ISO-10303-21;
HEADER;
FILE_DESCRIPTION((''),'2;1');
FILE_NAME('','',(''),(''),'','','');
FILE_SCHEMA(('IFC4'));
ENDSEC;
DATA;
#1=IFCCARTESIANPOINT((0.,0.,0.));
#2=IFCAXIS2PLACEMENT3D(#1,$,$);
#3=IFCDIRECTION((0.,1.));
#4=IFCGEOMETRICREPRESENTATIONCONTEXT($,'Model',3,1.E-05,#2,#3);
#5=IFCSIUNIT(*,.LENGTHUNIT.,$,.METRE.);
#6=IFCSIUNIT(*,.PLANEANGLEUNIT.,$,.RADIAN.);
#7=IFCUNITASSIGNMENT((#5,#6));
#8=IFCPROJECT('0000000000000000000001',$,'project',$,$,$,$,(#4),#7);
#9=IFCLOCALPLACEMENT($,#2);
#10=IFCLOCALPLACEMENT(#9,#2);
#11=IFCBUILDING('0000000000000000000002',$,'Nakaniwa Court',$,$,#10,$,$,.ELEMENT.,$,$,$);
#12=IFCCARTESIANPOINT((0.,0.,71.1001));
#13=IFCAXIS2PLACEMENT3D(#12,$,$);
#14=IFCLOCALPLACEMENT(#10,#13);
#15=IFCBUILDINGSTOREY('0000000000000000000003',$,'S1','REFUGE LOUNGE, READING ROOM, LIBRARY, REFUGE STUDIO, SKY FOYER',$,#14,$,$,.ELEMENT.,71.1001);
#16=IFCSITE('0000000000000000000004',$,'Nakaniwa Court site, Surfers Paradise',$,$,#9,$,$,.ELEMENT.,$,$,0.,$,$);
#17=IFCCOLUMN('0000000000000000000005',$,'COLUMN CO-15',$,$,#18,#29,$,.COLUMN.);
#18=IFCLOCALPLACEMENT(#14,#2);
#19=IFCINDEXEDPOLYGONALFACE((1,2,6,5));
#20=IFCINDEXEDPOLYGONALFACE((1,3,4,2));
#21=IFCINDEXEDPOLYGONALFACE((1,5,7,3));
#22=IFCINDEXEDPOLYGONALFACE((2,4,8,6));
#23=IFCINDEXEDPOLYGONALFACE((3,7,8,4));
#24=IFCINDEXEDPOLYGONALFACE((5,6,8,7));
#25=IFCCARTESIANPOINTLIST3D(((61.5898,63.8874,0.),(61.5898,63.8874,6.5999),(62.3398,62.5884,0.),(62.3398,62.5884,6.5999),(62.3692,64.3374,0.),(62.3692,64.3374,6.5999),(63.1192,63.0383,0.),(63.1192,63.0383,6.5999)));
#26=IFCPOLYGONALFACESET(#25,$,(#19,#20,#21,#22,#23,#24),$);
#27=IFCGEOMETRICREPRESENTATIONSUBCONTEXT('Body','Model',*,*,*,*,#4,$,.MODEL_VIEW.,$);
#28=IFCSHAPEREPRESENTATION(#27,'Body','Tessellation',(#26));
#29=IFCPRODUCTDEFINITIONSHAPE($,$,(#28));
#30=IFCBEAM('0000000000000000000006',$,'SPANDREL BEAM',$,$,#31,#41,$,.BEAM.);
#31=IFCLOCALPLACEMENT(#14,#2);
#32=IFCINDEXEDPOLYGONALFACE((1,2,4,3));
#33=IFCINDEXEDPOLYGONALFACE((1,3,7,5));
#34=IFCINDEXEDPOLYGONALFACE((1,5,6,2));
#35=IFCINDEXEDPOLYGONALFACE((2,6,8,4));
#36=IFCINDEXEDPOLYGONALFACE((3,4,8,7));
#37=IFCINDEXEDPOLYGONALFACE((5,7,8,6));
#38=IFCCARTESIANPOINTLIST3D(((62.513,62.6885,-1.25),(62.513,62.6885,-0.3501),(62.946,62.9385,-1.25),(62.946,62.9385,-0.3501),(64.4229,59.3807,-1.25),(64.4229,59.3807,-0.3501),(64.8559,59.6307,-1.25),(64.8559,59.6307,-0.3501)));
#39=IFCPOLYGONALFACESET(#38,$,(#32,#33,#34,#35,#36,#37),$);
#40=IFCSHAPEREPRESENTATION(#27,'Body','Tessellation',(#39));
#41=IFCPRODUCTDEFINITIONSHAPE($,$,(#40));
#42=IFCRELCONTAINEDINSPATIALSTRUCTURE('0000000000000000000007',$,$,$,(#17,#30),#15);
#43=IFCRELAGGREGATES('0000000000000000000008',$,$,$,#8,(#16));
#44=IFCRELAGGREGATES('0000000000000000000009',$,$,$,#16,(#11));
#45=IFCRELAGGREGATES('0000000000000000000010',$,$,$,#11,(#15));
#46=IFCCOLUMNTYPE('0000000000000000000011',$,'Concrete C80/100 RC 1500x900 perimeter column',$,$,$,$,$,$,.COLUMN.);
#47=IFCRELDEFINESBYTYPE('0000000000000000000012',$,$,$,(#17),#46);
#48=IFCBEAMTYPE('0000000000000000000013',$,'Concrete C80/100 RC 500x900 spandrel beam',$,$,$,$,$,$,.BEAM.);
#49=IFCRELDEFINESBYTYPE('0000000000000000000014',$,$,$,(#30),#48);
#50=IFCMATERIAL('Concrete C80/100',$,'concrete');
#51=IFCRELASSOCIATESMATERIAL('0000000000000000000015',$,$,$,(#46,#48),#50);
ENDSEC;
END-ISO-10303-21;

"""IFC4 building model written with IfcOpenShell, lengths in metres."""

from ifc_helpers import new_model, si_unit, direction, frame, origin, origin_2d, place, context, subcontext, project, spatial, rectangle, extrude, material, material_profile, profile_set, type_object, element, save


model = new_model("IFC4")

# Units and contexts
model_context = context("Model", 3, precision=1e-05, world=origin(), true_north=direction((0.0, 1.0)))
body_context = subcontext(model_context, "Body", "Model", "MODEL_VIEW")
ifc_project = project(units=[si_unit("LENGTHUNIT", "METRE"), si_unit("PLANEANGLEUNIT", "RADIAN")], contexts=[model_context])

# Site, building, storey
site_placement = place(None, origin())
site = spatial("IfcSite", under=ifc_project, at=site_placement, Name="Nakaniwa Court site, Surfers Paradise", CompositionType="ELEMENT", RefElevation=0.0)
building_placement = place(site_placement, origin())
building = spatial("IfcBuilding", under=site, at=building_placement, Name="Nakaniwa Court", CompositionType="ELEMENT")
storey_placement = place(building_placement, frame((0.0, 0.0, 71.1001)))
storey = spatial("IfcBuildingStorey", under=building, at=storey_placement, Name="S1", Description="REFUGE LOUNGE, READING ROOM, LIBRARY, REFUGE STUDIO, SKY FOYER", CompositionType="ELEMENT", Elevation=71.1001)

# Column
ifc_material_1 = material(Name="Concrete C80/100", Category="concrete")
ifc_material_profile_1 = material_profile(ifc_material_1, rectangle(XDim=1.5, YDim=0.8999, at=origin_2d()), Name="Concrete C80/100 RC 1500x900 perimeter column")
ifc_profile_set_1 = profile_set([ifc_material_profile_1], Name="Concrete C80/100")
column_type = type_object("IfcColumnType", Name="Concrete C80/100 RC 1500x900 perimeter column", PredefinedType="COLUMN", material=ifc_profile_set_1)
column_placement = place(storey_placement, frame((62.3545, 63.4629, 0.0), z_axis=(0.0, 0.0, 1.0), x_axis=(0.5, -0.866025, 0.0)))
element("IfcColumn", 1, at=column_placement, inside=storey, type_object=column_type, Name="COLUMN CO-15", PredefinedType="COLUMN", context=body_context, shape_type="SweptSolid", body=[
    extrude(rectangle(XDim=1.5, YDim=0.8999, at=origin_2d()), origin(), (0.0, 0.0, 1.0), 6.5999),
])

# Beam
ifc_material_profile_2 = material_profile(ifc_material_1, rectangle(XDim=0.5, YDim=0.8999, at=origin_2d()), Name="Concrete C80/100 RC 500x900 spandrel beam")
ifc_profile_set_2 = profile_set([ifc_material_profile_2], Name="Concrete C80/100")
beam_type = type_object("IfcBeamType", Name="Concrete C80/100 RC 500x900 spandrel beam", PredefinedType="BEAM", material=ifc_profile_set_2)
beam_placement = place(storey_placement, frame((62.7295, 62.8135, -0.8), z_axis=(0.500023, -0.866012, 0.0), x_axis=(0.866012, 0.500023, 0.0)))
element("IfcBeam", 2, at=beam_placement, inside=storey, type_object=beam_type, Name="SPANDREL BEAM", PredefinedType="BEAM", context=body_context, shape_type="SweptSolid", body=[
    extrude(rectangle(XDim=0.5, YDim=0.8999, at=origin_2d()), origin(), (0.0, 0.0, 1.0), 3.8196),
])

save(model, "model.ifc")
